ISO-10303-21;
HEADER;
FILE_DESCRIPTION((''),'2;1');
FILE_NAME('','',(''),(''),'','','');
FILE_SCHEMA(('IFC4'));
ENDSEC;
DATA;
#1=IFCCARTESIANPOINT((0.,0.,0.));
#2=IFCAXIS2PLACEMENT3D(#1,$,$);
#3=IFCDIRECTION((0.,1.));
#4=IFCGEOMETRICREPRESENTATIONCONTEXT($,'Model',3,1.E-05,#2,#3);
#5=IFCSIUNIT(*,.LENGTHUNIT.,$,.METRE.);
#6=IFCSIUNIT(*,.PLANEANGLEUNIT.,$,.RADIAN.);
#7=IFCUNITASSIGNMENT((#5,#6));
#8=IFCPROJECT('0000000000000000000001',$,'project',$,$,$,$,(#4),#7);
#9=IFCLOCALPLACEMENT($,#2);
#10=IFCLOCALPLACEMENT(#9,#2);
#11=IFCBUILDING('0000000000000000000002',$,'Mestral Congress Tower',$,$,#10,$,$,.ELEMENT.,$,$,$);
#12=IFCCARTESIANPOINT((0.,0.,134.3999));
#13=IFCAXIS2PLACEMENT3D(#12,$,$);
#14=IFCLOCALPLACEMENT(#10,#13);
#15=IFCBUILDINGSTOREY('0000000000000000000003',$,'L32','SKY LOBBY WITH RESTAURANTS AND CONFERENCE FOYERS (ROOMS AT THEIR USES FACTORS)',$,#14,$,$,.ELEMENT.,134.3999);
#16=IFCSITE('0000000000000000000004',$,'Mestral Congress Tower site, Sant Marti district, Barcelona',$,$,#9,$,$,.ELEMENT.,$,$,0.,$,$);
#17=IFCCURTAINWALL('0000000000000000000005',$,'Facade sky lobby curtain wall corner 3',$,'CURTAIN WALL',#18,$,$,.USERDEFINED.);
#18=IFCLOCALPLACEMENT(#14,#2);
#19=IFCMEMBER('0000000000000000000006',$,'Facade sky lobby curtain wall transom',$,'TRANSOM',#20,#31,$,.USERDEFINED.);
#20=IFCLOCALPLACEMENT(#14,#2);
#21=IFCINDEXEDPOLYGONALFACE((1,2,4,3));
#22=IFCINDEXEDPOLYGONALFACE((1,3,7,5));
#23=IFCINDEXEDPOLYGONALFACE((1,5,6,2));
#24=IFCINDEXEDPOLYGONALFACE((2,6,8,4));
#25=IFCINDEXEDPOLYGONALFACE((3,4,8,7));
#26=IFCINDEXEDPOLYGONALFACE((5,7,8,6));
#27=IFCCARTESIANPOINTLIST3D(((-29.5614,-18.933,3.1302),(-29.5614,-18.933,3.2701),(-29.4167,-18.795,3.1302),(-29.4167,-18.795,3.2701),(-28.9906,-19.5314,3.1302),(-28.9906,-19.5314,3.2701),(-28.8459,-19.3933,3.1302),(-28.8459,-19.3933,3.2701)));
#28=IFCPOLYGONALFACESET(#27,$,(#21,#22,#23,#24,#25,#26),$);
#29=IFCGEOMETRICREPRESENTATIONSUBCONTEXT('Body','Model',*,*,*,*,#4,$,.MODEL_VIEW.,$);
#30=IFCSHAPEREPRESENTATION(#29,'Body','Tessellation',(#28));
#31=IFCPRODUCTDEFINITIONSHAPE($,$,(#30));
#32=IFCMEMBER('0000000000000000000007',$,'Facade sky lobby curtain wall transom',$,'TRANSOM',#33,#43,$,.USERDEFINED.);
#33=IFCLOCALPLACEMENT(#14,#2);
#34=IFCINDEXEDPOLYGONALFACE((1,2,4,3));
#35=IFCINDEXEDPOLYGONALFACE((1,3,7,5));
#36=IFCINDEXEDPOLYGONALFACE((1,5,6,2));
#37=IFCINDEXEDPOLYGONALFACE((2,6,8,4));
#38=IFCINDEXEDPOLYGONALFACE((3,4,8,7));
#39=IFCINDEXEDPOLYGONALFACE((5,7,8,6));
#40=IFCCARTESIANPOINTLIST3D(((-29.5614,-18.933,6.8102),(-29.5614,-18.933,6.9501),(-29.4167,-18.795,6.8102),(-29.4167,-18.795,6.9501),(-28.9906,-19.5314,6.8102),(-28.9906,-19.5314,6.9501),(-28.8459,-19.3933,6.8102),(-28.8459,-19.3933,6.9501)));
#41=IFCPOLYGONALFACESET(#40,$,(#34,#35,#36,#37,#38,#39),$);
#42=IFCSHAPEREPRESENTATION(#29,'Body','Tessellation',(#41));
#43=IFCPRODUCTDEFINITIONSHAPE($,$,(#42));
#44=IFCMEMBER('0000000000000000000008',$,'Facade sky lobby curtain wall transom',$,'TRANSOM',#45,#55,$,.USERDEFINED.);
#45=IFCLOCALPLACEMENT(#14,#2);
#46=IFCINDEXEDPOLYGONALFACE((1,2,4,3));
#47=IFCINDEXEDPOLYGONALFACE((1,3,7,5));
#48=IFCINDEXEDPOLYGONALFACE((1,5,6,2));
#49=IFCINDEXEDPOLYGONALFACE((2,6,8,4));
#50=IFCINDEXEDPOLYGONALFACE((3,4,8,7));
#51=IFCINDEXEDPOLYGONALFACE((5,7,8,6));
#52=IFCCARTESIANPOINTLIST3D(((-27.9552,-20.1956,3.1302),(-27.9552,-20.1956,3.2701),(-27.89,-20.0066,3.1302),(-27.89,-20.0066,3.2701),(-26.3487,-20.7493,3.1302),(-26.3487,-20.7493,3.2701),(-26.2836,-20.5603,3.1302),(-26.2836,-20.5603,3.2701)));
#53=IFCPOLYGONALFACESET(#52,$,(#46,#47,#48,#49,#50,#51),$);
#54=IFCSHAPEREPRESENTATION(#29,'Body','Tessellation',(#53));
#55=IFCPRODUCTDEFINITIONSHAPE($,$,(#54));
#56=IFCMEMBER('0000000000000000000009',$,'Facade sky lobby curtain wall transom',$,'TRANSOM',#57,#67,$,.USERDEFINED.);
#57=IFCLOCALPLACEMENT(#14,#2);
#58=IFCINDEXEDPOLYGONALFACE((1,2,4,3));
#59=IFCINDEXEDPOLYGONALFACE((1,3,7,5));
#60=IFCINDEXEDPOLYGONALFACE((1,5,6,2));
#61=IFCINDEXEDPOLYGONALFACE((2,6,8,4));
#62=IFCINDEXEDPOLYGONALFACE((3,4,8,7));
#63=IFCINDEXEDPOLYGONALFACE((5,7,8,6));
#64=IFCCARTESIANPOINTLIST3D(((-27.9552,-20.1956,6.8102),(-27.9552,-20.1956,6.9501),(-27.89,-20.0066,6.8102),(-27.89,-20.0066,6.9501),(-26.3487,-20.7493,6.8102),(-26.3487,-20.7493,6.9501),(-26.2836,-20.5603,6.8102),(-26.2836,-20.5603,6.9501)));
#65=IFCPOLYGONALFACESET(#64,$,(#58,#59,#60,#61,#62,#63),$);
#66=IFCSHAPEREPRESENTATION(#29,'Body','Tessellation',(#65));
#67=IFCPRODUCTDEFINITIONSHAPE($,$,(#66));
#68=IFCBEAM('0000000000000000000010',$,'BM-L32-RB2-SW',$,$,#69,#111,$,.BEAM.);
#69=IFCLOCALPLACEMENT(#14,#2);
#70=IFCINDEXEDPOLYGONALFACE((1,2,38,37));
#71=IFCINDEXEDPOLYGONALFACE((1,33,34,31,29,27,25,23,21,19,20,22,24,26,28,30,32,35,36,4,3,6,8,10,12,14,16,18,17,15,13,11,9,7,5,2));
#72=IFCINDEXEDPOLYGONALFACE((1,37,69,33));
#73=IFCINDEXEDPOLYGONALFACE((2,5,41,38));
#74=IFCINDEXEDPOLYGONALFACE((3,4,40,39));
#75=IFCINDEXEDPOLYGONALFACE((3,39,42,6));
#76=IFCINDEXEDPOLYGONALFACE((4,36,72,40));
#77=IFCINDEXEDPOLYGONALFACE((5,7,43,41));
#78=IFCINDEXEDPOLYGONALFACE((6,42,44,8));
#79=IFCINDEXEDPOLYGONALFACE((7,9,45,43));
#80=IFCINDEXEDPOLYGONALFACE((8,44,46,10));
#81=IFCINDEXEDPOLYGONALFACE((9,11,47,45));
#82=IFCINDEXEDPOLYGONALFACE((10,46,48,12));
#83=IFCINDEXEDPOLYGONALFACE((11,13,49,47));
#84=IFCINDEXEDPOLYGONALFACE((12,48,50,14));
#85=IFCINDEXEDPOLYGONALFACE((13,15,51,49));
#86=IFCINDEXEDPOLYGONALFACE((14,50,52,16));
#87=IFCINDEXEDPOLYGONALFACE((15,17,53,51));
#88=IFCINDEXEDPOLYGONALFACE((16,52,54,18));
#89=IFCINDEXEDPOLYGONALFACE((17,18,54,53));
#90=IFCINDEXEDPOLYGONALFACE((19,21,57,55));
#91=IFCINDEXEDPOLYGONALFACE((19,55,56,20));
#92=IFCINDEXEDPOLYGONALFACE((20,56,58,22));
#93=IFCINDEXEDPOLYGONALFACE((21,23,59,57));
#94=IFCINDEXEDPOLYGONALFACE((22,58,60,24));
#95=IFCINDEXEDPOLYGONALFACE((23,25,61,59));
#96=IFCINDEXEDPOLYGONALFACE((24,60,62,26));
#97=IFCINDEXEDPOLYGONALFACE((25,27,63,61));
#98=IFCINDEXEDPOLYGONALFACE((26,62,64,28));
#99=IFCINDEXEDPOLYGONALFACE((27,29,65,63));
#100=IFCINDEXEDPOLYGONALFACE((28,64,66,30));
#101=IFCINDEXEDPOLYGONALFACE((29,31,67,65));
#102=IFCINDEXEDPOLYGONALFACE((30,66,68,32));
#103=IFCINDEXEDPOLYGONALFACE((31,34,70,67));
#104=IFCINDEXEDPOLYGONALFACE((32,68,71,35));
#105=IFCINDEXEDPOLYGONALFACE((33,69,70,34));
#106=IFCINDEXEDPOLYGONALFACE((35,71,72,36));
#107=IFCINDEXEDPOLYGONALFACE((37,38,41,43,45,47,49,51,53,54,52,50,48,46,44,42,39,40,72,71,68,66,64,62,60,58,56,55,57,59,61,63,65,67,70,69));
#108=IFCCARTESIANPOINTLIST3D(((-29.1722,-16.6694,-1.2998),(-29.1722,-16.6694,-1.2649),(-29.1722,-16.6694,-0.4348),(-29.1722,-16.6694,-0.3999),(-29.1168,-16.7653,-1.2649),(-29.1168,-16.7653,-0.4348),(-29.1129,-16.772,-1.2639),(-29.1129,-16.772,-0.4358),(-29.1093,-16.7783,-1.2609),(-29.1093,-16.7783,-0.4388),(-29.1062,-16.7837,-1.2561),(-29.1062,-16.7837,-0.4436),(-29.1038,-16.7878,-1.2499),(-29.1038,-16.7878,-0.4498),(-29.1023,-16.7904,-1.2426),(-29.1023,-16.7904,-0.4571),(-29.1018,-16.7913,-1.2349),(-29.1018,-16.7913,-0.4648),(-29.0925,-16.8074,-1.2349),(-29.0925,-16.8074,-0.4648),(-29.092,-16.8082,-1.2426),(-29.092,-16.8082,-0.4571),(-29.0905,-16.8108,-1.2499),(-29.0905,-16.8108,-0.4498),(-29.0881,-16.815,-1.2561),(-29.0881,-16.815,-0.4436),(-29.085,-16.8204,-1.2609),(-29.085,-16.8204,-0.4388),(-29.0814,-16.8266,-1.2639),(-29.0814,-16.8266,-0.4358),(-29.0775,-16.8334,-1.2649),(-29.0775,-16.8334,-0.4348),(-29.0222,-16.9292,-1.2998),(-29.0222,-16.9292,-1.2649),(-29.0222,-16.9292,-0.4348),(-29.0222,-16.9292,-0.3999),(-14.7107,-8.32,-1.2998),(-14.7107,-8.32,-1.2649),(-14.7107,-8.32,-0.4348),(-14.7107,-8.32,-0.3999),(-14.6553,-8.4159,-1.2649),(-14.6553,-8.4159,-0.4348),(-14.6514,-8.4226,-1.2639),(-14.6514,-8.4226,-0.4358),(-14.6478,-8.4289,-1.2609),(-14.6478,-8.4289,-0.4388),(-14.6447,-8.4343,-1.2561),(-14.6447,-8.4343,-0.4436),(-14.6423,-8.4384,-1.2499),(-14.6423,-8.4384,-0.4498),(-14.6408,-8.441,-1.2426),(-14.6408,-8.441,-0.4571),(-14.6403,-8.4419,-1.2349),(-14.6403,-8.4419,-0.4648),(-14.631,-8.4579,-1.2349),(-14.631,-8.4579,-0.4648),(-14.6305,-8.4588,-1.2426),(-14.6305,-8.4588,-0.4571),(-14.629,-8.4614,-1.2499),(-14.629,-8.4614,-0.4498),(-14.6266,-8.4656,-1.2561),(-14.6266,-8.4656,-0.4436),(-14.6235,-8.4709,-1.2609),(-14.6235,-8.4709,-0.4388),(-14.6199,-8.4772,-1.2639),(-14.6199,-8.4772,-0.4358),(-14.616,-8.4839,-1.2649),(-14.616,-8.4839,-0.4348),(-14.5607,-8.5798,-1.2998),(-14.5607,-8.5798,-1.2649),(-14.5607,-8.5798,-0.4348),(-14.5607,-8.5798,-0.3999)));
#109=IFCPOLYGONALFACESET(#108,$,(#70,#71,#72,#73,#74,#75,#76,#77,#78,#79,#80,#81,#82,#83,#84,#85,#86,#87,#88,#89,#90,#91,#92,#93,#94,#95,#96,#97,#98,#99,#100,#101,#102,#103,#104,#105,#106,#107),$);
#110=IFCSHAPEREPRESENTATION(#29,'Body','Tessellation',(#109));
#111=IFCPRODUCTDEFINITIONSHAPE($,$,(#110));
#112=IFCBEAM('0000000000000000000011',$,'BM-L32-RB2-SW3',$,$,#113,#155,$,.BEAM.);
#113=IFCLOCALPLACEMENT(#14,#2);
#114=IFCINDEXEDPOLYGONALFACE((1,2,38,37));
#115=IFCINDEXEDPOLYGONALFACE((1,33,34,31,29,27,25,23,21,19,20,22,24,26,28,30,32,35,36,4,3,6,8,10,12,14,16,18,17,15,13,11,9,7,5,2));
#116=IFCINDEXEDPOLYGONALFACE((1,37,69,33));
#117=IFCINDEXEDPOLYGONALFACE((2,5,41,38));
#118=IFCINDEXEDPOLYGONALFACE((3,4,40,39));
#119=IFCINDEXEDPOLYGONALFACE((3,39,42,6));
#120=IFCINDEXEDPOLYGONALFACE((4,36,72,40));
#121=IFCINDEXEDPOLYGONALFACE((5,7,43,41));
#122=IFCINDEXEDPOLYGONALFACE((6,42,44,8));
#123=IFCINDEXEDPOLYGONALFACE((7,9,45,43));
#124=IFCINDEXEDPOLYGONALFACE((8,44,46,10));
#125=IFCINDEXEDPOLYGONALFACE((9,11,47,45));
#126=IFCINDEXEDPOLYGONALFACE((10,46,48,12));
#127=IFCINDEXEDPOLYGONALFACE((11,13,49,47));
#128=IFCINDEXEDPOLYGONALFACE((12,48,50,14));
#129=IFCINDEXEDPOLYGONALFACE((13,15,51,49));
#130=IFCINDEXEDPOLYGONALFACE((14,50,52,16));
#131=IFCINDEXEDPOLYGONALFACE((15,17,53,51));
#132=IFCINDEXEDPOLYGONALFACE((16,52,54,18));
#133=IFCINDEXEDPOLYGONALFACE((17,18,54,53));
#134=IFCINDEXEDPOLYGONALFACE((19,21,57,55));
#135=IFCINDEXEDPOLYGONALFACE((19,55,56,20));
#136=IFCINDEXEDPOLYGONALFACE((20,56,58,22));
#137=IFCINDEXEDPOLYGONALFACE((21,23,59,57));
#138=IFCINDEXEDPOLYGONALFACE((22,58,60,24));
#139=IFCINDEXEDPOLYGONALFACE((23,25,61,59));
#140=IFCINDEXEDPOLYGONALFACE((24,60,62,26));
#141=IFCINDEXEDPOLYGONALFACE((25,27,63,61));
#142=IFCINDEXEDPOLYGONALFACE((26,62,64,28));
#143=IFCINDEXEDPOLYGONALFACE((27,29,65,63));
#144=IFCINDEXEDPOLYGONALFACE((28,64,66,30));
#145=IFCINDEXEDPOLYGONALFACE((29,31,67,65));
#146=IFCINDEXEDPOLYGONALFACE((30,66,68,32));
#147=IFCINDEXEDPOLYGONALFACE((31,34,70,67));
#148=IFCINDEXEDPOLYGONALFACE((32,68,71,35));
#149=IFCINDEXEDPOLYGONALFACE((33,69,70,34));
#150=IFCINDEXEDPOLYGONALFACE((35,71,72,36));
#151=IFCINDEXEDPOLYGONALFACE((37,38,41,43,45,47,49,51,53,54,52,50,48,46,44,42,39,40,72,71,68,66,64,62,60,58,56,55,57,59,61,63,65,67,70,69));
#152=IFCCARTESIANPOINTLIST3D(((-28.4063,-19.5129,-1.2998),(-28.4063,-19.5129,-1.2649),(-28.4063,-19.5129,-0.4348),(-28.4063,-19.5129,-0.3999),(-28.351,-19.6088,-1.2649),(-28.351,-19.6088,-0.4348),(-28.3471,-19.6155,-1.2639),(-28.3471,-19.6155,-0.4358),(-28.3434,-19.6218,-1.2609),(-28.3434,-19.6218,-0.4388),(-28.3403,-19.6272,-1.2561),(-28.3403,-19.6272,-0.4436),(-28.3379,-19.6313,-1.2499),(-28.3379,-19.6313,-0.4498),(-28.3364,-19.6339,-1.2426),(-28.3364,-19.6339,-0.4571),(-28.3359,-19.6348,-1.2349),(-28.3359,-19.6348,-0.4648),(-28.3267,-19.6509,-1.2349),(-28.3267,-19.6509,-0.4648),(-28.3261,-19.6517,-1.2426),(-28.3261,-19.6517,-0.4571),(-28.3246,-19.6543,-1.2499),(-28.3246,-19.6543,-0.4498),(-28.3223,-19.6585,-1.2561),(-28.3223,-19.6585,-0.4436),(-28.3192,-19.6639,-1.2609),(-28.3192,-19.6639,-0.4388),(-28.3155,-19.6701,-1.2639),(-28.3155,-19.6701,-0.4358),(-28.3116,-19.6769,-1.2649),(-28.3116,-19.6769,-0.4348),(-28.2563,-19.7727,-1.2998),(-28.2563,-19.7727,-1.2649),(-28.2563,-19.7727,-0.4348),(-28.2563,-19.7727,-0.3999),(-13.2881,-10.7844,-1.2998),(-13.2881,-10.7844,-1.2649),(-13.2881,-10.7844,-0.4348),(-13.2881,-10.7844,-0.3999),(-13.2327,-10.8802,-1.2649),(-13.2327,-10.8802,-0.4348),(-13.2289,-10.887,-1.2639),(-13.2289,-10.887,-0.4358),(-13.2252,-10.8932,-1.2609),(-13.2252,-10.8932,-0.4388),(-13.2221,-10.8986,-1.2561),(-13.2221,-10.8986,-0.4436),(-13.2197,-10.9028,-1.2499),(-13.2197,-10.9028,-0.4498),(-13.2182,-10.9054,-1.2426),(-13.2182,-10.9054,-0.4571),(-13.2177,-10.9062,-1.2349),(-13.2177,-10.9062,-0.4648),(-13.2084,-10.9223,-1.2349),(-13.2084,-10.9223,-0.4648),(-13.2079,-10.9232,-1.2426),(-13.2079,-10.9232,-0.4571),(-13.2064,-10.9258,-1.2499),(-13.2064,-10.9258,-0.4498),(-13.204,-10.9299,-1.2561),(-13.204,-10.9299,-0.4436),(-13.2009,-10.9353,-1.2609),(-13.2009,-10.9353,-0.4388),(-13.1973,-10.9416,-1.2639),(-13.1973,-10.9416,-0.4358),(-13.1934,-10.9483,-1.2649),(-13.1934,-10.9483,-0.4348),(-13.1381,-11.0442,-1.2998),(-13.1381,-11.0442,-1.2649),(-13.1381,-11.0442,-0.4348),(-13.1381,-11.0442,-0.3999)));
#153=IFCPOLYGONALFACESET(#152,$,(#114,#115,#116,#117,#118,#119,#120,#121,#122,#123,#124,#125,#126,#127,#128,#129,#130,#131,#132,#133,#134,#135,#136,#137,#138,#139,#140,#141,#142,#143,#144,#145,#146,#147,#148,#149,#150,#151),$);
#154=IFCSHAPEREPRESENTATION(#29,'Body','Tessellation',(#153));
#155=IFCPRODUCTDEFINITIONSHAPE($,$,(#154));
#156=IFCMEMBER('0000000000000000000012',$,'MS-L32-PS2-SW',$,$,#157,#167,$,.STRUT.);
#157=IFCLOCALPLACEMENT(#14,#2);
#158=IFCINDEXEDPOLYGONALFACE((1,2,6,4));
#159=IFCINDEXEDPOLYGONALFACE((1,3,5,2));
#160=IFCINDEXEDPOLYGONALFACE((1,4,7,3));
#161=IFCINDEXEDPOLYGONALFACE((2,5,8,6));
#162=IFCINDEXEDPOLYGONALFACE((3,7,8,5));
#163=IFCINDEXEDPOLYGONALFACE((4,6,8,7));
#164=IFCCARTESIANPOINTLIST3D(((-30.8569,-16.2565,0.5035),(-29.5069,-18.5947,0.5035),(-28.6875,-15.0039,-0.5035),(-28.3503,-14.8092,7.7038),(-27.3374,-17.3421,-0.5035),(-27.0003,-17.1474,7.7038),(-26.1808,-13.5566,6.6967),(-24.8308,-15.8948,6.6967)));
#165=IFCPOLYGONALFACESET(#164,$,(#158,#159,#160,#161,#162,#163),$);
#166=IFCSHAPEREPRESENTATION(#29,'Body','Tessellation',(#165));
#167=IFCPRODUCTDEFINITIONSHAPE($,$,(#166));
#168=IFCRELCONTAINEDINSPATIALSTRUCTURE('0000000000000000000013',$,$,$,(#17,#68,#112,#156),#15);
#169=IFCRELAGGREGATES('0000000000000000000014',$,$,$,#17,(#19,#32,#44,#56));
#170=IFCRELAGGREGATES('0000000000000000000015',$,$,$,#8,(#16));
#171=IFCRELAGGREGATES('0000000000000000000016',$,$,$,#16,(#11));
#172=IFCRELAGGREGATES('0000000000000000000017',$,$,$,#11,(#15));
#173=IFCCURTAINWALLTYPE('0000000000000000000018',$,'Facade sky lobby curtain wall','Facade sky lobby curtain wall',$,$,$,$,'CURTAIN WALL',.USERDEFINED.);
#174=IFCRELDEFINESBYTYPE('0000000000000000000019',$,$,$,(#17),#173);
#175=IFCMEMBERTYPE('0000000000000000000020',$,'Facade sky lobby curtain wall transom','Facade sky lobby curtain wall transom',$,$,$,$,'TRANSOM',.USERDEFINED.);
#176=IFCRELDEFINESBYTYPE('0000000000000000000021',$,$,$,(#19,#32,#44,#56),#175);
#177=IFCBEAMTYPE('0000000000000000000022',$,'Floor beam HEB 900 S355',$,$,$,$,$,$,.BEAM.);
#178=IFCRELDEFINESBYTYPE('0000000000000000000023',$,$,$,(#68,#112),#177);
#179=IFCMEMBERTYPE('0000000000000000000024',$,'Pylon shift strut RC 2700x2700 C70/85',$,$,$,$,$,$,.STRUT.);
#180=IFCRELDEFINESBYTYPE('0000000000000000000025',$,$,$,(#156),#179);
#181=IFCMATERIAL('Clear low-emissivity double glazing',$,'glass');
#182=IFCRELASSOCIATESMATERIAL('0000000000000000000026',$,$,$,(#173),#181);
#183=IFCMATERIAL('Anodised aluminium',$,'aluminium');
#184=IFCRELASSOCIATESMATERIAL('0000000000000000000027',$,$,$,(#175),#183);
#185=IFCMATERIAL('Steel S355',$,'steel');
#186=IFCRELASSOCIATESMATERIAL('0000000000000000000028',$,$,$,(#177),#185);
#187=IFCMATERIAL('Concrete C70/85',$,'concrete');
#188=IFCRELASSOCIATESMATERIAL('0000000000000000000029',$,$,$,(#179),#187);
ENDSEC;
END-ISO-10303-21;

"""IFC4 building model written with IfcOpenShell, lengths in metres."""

from ifc_helpers import new_model, si_unit, direction, frame, origin, origin_2d, place, context, subcontext, project, spatial, rectangle, i_section, extrude, material, material_profile, profile_set, type_object, element, aggregate, save


model = new_model("IFC4")

# Units and contexts
model_context = context("Model", 3, precision=1e-05, world=origin(), true_north=direction((0.0, 1.0)))
body_context = subcontext(model_context, "Body", "Model", "MODEL_VIEW")
ifc_project = project(units=[si_unit("LENGTHUNIT", "METRE"), si_unit("PLANEANGLEUNIT", "RADIAN")], contexts=[model_context])

# Site, building, storey
site_placement = place(None, origin())
site = spatial("IfcSite", under=ifc_project, at=site_placement, Name="Mestral Congress Tower site, Sant Marti district, Barcelona", CompositionType="ELEMENT", RefElevation=0.0)
building_placement = place(site_placement, origin())
building = spatial("IfcBuilding", under=site, at=building_placement, Name="Mestral Congress Tower", CompositionType="ELEMENT")
storey_placement = place(building_placement, frame((0.0, 0.0, 134.3999)))
storey = spatial("IfcBuildingStorey", under=building, at=storey_placement, Name="L32", Description="SKY LOBBY WITH RESTAURANTS AND CONFERENCE FOYERS (ROOMS AT THEIR USES FACTORS)", CompositionType="ELEMENT", Elevation=134.3999)

# Shared definitions
ifc_material_1 = material(Name="Steel S355", Category="steel")

# Curtain wall, members
ifc_material_2 = material(Name="Clear low-emissivity double glazing", Category="glass")
curtain_wall_type = type_object("IfcCurtainWallType", Name="Facade sky lobby curtain wall", Description="Facade sky lobby curtain wall", ElementType="CURTAIN WALL", PredefinedType="USERDEFINED", material=ifc_material_2)
curtain_wall_placement = place(storey_placement, origin())
curtain_wall = element("IfcCurtainWall", 1, at=curtain_wall_placement, inside=storey, type_object=curtain_wall_type, Name="Facade sky lobby curtain wall corner 3", ObjectType="CURTAIN WALL", PredefinedType="USERDEFINED")
ifc_material_3 = material(Name="Anodised aluminium", Category="aluminium")
ifc_material_profile_1 = material_profile(ifc_material_3, rectangle(XDim=0.2, YDim=0.1399, at=origin_2d()), Name="CW1 transom 200 x 140")
ifc_profile_set_1 = profile_set([ifc_material_profile_1], Name="Anodised aluminium")
member_type_1 = type_object("IfcMemberType", Name="Facade sky lobby curtain wall transom", Description="Facade sky lobby curtain wall transom", ElementType="TRANSOM", PredefinedType="USERDEFINED", material=ifc_profile_set_1)
member_1_placement = place(storey_placement, frame((-29.489, -18.864, 3.2002), z_axis=(0.69023, -0.72359, 0.0), x_axis=(0.72359, 0.69023, 0.0)))
member_1 = element("IfcMember", 2, at=member_1_placement, type_object=member_type_1, Name="Facade sky lobby curtain wall transom", ObjectType="TRANSOM", PredefinedType="USERDEFINED", context=body_context, shape_type="SweptSolid", body=[
    extrude(rectangle(XDim=0.2, YDim=0.1399, at=origin_2d()), origin(), (0.0, 0.0, 1.0), 0.8269),
])
member_2_placement = place(storey_placement, frame((-29.489, -18.864, 6.8801), z_axis=(0.69023, -0.72359, 0.0), x_axis=(0.72359, 0.69023, 0.0)))
member_2 = element("IfcMember", 3, at=member_2_placement, type_object=member_type_1, Name="Facade sky lobby curtain wall transom", ObjectType="TRANSOM", PredefinedType="USERDEFINED", context=body_context, shape_type="SweptSolid", body=[
    extrude(rectangle(XDim=0.2, YDim=0.1399, at=origin_2d()), origin(), (0.0, 0.0, 1.0), 0.8269),
])
member_3_placement = place(storey_placement, frame((-27.9226, -20.1011, 3.2002), z_axis=(0.945416, -0.325867, 0.0), x_axis=(0.325867, 0.945416, 0.0)))
member_3 = element("IfcMember", 4, at=member_3_placement, type_object=member_type_1, Name="Facade sky lobby curtain wall transom", ObjectType="TRANSOM", PredefinedType="USERDEFINED", context=body_context, shape_type="SweptSolid", body=[
    extrude(rectangle(XDim=0.2, YDim=0.1399, at=origin_2d()), origin(), (0.0, 0.0, 1.0), 1.6992),
])
member_4_placement = place(storey_placement, frame((-27.9226, -20.1011, 6.8801), z_axis=(0.945416, -0.325867, 0.0), x_axis=(0.325867, 0.945416, 0.0)))
member_4 = element("IfcMember", 5, at=member_4_placement, type_object=member_type_1, Name="Facade sky lobby curtain wall transom", ObjectType="TRANSOM", PredefinedType="USERDEFINED", context=body_context, shape_type="SweptSolid", body=[
    extrude(rectangle(XDim=0.2, YDim=0.1399, at=origin_2d()), origin(), (0.0, 0.0, 1.0), 1.6992),
])

# Beams
ifc_material_profile_2 = material_profile(ifc_material_1, i_section(OverallWidth=0.3, OverallDepth=0.8999, WebThickness=0.0186, FlangeThickness=0.0349, FilletRadius=0.03, at=origin_2d()), Name="HEB 900")
ifc_profile_set_2 = profile_set([ifc_material_profile_2], Name="Steel S355")
beam_type_1 = type_object("IfcBeamType", Name="Floor beam HEB 900 S355", PredefinedType="BEAM", material=ifc_profile_set_2)
beam_1_placement = place(storey_placement, frame((-29.0972, -16.7993, -0.8499), z_axis=(0.866024, 0.500003, 0.0), x_axis=(-0.500003, 0.866024, 0.0)))
element("IfcBeam", 6, at=beam_1_placement, inside=storey, type_object=beam_type_1, Name="BM-L32-RB2-SW", PredefinedType="BEAM", context=body_context, shape_type="SweptSolid", body=[
    extrude(i_section(OverallWidth=0.3, OverallDepth=0.8999, WebThickness=0.0186, FlangeThickness=0.0349, FilletRadius=0.03, at=origin_2d()), origin(), (0.0, 0.0, 1.0), 16.6987),
])
beam_2_placement = place(storey_placement, frame((-28.3313, -19.6428, -0.8499), z_axis=(0.866024, 0.500002, 0.0), x_axis=(-0.500002, 0.866024, 0.0)))
element("IfcBeam", 7, at=beam_2_placement, inside=storey, type_object=beam_type_1, Name="BM-L32-RB2-SW3", PredefinedType="BEAM", context=body_context, shape_type="SweptSolid", body=[
    extrude(i_section(OverallWidth=0.3, OverallDepth=0.8999, WebThickness=0.0186, FlangeThickness=0.0349, FilletRadius=0.03, at=origin_2d()), origin(), (0.0, 0.0, 1.0), 17.457),
])

# Member
ifc_material_4 = material(Name="Concrete C70/85", Category="concrete")
ifc_material_profile_3 = material_profile(ifc_material_4, rectangle(XDim=2.7, YDim=2.7, at=origin_2d()), Name="RC 2700x2700")
ifc_profile_set_3 = profile_set([ifc_material_profile_3], Name="Concrete C70/85")
member_type_2 = type_object("IfcMemberType", Name="Pylon shift strut RC 2700x2700 C70/85", PredefinedType="STRUT", material=ifc_profile_set_3)
member_5_placement = place(storey_placement, frame((-29.0972, -16.7993, 0.0), z_axis=(0.323007, 0.186499, 0.927839), x_axis=(-0.500022, 0.866013, 0.0)))
element("IfcMember", 8, at=member_5_placement, inside=storey, type_object=member_type_2, Name="MS-L32-PS2-SW", PredefinedType="STRUT", context=body_context, shape_type="SweptSolid", body=[
    extrude(rectangle(XDim=2.7, YDim=2.7, at=origin_2d()), origin(), (0.0, 0.0, 1.0), 7.7603),
])

aggregate(curtain_wall, [member_1, member_2, member_3, member_4])

save(model, "model.ifc")
